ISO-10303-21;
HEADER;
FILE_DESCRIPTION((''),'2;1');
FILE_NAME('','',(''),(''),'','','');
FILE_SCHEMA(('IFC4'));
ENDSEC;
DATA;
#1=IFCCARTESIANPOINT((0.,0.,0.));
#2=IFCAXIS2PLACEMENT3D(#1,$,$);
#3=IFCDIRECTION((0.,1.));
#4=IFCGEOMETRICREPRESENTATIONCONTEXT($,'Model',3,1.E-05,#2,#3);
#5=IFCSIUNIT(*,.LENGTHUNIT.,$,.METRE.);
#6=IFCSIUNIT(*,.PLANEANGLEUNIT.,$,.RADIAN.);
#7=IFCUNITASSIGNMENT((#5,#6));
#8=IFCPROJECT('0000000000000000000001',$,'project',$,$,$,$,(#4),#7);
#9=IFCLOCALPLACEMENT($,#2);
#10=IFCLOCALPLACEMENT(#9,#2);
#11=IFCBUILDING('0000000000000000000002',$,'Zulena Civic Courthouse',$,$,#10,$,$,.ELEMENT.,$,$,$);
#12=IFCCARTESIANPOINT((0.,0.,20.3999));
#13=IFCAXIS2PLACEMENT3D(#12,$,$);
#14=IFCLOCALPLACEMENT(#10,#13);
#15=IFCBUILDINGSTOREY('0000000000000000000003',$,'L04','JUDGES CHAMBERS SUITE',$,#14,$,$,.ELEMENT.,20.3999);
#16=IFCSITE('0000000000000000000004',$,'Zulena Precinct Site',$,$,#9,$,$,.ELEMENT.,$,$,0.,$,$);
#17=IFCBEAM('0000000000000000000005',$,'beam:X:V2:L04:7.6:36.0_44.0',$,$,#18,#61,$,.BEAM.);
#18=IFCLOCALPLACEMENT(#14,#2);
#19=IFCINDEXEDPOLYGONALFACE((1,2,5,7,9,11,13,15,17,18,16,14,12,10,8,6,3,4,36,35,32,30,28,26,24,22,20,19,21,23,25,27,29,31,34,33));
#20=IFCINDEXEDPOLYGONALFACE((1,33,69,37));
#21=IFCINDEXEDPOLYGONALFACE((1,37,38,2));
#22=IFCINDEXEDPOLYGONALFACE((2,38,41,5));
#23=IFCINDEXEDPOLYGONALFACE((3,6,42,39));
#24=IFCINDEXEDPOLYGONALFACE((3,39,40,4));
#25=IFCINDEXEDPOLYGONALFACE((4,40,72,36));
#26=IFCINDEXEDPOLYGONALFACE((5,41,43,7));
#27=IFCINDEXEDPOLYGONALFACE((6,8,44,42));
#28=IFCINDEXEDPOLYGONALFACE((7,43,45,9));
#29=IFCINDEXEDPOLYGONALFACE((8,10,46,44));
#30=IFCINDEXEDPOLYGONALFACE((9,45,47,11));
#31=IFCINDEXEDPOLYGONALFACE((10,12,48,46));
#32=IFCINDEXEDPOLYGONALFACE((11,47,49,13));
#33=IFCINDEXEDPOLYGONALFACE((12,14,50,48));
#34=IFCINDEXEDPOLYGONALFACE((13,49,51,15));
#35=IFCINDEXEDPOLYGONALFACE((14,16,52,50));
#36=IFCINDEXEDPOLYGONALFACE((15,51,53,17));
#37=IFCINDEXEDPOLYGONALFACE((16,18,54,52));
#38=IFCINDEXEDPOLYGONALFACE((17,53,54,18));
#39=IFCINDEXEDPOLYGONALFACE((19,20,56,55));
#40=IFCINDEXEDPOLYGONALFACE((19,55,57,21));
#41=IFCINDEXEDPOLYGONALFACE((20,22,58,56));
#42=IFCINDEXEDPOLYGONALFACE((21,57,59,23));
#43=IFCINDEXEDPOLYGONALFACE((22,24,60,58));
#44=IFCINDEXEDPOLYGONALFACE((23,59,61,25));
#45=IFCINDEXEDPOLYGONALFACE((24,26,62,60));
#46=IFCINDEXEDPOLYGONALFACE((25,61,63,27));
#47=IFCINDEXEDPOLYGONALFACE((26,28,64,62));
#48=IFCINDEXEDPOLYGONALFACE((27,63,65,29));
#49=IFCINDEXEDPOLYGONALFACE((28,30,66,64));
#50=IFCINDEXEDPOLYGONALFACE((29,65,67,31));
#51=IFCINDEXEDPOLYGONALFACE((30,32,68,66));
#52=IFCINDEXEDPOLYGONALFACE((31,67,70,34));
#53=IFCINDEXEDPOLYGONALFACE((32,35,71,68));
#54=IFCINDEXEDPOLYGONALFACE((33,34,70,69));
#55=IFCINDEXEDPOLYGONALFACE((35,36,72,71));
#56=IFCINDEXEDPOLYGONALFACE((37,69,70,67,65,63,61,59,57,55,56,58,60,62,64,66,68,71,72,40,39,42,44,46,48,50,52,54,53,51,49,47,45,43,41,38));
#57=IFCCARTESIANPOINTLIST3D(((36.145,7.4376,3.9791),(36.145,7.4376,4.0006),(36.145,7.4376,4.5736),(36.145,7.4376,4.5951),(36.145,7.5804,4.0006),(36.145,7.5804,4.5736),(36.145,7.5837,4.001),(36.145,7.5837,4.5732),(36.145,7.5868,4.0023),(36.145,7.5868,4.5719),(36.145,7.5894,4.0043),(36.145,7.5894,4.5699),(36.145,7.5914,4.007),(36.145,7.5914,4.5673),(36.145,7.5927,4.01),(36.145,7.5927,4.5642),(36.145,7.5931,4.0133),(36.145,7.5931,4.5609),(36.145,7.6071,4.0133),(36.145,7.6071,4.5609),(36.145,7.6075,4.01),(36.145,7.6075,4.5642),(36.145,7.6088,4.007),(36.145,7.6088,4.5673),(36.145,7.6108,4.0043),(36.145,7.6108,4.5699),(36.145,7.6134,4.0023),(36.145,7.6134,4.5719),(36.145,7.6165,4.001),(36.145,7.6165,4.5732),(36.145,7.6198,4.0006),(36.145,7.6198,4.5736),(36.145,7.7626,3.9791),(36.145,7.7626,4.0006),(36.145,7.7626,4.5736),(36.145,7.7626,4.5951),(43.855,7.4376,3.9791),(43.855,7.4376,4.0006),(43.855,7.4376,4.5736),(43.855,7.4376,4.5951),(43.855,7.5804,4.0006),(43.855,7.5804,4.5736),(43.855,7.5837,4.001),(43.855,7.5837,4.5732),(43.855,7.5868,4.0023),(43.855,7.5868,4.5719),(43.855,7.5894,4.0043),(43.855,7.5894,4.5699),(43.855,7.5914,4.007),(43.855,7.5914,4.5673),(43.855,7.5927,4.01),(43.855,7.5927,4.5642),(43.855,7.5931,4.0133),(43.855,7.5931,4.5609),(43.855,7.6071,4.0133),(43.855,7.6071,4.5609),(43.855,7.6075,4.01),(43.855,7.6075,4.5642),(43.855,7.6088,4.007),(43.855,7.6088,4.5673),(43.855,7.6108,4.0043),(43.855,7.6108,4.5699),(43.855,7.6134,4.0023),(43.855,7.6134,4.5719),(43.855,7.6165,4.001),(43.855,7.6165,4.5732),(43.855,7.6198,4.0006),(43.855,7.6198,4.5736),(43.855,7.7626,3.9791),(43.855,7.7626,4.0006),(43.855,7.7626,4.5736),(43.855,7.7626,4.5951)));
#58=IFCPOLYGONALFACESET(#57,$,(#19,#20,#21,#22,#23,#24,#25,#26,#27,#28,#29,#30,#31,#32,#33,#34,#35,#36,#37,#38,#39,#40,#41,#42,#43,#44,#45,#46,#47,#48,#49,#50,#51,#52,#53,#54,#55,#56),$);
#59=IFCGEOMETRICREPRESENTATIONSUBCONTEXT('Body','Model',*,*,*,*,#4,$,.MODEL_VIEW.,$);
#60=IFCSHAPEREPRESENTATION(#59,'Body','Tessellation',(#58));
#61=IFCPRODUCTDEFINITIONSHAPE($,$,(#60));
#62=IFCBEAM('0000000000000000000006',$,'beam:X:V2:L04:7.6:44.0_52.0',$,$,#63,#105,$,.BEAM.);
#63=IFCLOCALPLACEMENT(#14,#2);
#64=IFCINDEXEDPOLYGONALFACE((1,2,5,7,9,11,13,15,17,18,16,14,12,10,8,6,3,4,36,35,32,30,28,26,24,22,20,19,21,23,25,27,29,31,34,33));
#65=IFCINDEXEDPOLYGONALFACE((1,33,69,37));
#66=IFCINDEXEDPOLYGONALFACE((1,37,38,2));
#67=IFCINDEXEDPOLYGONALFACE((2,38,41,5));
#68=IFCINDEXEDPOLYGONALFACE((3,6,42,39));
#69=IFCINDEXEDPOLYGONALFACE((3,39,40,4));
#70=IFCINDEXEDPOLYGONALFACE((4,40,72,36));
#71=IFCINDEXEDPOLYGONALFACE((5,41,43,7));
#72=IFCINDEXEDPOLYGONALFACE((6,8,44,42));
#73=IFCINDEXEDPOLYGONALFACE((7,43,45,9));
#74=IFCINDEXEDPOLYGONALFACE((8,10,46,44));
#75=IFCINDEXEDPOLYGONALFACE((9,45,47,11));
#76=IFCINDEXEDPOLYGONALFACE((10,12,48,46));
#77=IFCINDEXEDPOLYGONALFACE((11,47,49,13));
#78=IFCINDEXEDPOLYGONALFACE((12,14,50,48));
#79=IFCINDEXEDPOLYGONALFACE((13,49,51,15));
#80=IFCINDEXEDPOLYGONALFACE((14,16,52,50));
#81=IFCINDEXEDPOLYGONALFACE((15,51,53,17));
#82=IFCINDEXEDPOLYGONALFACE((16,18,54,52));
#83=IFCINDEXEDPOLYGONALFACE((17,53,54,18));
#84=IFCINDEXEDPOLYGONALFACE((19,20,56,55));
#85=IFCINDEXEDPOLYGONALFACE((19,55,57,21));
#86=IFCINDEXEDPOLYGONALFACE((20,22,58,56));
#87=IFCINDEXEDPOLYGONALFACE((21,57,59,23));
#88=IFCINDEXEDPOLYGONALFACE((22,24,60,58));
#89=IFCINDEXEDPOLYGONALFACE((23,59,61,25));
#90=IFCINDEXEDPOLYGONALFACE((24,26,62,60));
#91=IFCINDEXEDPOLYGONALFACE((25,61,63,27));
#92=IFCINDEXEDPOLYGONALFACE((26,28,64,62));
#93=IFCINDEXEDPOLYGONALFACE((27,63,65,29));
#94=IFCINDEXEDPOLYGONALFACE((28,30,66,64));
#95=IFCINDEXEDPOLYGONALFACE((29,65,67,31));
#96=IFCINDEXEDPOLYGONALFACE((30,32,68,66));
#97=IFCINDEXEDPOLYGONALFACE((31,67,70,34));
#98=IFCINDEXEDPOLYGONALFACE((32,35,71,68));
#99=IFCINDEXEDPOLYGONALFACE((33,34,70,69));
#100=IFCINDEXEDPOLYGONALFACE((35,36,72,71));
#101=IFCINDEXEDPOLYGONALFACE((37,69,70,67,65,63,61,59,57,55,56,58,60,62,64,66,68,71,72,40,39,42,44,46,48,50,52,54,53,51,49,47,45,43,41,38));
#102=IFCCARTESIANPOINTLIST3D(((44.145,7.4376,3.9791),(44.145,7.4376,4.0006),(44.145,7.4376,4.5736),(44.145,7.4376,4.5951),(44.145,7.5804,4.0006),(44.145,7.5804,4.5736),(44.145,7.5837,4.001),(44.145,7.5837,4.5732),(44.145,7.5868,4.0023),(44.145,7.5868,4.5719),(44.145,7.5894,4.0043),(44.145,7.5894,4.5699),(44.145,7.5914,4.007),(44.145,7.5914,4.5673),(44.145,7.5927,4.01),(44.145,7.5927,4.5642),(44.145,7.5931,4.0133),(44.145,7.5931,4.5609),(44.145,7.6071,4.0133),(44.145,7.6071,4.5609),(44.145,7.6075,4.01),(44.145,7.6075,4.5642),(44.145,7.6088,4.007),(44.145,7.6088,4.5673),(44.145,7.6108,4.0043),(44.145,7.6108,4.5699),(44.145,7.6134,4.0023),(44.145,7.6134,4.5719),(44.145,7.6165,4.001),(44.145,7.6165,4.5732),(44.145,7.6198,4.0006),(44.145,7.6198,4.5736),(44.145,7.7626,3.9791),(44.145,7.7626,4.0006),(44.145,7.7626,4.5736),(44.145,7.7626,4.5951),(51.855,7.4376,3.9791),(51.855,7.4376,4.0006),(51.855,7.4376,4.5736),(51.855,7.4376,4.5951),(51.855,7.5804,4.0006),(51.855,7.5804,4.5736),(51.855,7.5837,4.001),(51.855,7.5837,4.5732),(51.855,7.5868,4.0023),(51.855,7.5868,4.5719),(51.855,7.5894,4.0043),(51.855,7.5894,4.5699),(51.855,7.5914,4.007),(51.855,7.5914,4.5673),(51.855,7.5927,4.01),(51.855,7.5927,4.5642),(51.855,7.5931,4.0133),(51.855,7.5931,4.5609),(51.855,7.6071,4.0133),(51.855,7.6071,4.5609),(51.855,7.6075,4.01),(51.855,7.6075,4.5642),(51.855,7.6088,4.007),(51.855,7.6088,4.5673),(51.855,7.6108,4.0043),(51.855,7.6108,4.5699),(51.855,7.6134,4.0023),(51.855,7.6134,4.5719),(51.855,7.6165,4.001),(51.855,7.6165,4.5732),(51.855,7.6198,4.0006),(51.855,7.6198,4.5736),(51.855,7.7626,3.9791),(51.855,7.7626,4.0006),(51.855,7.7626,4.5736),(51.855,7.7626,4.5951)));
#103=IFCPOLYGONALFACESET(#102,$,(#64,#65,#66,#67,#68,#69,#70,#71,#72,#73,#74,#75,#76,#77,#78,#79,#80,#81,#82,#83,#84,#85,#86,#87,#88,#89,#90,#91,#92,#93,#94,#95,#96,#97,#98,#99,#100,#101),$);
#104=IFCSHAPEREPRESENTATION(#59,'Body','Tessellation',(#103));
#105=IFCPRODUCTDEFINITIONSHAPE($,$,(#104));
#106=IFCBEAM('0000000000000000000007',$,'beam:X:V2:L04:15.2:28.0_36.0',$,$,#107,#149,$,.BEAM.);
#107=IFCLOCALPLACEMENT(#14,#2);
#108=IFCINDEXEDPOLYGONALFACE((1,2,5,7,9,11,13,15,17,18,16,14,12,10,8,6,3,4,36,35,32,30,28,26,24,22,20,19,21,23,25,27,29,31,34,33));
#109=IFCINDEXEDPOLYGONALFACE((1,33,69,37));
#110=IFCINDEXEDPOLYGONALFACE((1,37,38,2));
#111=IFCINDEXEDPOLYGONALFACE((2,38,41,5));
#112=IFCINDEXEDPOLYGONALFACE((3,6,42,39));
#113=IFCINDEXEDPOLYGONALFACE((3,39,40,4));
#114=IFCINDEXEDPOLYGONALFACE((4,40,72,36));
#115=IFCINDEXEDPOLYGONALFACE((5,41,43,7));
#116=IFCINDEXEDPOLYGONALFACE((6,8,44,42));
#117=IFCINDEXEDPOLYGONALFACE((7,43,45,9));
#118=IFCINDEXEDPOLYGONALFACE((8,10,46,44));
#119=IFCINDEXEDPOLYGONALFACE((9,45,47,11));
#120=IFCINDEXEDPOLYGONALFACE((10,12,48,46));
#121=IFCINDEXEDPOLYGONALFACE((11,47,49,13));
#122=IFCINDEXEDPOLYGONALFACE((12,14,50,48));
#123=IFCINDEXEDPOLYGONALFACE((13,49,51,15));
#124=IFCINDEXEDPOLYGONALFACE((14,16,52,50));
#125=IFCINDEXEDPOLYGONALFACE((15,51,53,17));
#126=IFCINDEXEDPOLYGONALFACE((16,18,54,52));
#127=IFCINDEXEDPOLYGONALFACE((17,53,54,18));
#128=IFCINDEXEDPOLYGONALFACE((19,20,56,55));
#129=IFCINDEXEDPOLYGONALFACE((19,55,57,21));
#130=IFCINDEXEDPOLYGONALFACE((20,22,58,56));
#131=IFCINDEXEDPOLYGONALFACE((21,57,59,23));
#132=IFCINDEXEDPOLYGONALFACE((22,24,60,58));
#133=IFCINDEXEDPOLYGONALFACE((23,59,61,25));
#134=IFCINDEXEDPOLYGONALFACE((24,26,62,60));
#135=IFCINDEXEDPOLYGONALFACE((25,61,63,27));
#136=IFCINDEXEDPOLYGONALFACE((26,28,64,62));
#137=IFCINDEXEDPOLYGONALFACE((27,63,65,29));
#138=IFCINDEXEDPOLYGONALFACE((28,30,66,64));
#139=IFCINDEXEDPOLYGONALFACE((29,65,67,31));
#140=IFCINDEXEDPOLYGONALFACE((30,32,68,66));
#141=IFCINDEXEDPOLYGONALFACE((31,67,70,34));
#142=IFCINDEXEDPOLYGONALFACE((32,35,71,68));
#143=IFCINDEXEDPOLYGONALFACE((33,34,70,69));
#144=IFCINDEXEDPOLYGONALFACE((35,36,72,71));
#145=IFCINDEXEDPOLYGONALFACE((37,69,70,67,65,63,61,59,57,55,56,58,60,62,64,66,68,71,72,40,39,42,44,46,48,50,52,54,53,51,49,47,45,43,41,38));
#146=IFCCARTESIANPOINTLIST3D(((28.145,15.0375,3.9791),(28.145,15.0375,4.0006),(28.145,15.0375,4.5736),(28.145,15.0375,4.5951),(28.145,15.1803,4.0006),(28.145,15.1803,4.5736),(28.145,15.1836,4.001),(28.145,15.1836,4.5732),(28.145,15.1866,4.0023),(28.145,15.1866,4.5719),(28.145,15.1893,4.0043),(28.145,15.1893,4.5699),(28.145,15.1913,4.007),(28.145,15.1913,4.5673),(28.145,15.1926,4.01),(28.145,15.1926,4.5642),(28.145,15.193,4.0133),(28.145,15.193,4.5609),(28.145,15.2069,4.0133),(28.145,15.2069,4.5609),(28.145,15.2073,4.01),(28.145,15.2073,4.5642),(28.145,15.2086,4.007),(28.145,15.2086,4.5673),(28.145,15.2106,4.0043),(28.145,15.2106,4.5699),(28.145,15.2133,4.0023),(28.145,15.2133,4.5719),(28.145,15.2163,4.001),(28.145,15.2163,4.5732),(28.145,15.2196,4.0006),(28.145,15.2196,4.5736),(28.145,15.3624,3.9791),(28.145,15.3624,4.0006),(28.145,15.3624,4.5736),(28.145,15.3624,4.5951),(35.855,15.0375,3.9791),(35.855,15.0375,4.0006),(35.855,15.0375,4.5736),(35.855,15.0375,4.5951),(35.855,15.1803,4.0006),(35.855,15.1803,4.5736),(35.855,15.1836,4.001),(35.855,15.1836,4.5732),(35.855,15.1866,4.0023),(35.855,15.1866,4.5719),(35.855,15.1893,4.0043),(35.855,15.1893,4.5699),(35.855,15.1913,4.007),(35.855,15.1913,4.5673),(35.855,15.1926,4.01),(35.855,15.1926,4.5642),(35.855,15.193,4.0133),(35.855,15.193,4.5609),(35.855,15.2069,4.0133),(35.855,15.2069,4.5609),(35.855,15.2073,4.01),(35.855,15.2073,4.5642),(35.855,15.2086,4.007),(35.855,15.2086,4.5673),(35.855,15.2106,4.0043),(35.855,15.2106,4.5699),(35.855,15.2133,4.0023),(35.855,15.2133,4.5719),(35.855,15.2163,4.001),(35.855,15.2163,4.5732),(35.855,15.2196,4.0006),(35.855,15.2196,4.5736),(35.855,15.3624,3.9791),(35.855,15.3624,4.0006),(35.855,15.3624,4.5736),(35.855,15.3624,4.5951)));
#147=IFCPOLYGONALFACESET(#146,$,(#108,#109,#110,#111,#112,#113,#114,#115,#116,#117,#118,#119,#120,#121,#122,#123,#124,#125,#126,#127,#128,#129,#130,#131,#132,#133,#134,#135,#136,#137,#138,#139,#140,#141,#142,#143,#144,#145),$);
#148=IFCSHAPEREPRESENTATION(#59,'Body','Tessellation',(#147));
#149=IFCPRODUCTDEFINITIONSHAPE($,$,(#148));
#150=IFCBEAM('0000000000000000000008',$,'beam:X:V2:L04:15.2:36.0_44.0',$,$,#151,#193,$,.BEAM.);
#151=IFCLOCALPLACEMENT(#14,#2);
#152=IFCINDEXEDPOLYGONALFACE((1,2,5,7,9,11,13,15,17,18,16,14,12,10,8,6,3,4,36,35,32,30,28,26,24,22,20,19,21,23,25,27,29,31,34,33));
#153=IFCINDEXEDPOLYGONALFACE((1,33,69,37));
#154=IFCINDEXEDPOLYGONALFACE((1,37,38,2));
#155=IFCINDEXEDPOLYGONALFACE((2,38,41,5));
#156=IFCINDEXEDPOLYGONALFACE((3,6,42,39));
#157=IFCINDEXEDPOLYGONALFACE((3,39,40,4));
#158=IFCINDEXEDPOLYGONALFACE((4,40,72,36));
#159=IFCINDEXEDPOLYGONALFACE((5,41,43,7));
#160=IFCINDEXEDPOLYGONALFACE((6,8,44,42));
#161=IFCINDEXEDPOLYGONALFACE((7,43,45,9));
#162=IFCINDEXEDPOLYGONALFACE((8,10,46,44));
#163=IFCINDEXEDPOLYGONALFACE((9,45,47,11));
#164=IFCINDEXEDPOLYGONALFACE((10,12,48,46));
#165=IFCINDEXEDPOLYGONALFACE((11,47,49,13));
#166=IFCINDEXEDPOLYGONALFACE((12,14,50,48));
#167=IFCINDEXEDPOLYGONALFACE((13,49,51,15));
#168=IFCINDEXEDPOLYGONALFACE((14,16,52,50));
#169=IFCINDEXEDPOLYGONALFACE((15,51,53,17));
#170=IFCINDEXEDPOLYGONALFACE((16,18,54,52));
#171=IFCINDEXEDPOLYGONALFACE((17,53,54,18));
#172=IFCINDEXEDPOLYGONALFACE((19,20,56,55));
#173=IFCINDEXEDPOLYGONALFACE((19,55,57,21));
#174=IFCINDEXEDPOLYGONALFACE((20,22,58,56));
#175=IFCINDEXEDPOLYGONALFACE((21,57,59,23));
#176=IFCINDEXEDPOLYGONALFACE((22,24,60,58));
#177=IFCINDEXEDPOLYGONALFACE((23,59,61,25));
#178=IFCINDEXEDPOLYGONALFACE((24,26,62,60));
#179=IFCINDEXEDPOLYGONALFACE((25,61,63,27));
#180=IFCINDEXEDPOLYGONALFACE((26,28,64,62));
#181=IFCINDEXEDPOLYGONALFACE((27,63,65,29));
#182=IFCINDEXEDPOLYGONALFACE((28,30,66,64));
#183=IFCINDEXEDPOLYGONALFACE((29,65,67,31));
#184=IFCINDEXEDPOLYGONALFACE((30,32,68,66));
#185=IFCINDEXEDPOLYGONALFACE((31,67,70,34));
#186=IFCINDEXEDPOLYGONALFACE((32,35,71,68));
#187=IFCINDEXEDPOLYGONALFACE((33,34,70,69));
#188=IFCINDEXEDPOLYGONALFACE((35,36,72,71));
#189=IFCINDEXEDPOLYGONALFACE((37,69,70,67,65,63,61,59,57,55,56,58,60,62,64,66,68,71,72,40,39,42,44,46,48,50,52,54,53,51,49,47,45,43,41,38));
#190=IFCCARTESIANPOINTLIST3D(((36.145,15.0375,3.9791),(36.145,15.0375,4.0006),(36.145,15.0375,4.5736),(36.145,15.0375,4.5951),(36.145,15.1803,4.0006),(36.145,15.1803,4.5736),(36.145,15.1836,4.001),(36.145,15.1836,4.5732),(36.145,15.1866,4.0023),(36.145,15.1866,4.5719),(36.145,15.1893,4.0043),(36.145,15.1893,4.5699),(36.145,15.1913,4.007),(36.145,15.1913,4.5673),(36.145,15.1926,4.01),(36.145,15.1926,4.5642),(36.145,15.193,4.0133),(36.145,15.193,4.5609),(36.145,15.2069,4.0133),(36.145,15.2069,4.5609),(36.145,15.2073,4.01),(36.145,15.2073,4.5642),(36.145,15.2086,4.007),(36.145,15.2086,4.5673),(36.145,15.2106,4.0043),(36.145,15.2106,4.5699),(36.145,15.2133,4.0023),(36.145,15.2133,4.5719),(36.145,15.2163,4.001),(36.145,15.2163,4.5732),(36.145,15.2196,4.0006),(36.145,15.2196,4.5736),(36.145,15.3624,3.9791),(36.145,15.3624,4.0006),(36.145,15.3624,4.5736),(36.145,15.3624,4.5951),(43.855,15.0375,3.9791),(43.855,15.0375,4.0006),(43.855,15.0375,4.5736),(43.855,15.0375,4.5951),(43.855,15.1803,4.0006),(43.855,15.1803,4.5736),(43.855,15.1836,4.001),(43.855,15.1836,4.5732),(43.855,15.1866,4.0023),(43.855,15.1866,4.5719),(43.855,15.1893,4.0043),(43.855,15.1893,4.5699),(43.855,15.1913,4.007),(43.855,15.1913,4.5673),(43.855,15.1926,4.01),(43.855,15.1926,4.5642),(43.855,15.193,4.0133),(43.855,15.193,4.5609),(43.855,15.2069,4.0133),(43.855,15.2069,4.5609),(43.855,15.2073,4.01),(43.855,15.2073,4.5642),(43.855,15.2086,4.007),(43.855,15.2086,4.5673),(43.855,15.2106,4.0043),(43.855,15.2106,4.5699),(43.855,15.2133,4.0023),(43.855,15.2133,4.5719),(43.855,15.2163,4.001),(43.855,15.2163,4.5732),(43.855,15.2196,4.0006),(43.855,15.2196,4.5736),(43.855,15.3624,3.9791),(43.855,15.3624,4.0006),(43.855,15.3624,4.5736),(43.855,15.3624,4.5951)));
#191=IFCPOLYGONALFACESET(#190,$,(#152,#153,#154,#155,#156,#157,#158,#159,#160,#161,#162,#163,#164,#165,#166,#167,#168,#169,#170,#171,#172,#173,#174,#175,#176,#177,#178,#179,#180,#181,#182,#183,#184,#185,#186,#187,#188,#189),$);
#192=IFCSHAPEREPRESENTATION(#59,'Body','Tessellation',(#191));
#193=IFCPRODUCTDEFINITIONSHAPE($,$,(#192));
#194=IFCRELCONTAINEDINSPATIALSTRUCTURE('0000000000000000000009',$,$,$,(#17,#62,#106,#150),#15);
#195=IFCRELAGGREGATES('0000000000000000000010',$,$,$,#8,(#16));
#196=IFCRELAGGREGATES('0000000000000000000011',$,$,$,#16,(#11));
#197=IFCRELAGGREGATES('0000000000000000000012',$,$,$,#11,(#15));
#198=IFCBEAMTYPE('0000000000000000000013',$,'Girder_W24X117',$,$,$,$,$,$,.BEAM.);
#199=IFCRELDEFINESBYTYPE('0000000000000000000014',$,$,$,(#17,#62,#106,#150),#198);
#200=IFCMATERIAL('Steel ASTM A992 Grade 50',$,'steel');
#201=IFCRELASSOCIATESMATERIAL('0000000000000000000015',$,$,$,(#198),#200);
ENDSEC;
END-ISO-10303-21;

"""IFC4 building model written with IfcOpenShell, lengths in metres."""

from ifc_helpers import new_model, si_unit, direction, frame, origin, origin_2d, place, context, subcontext, project, spatial, i_section, extrude, material, material_profile, profile_set, type_object, element, save


model = new_model("IFC4")

# Units and contexts
model_context = context("Model", 3, precision=1e-05, world=origin(), true_north=direction((0.0, 1.0)))
body_context = subcontext(model_context, "Body", "Model", "MODEL_VIEW")
ifc_project = project(units=[si_unit("LENGTHUNIT", "METRE"), si_unit("PLANEANGLEUNIT", "RADIAN")], contexts=[model_context])

# Site, building, storey
site_placement = place(None, origin())
site = spatial("IfcSite", under=ifc_project, at=site_placement, Name="Zulena Precinct Site", CompositionType="ELEMENT", RefElevation=0.0)
building_placement = place(site_placement, origin())
building = spatial("IfcBuilding", under=site, at=building_placement, Name="Zulena Civic Courthouse", CompositionType="ELEMENT")
storey_placement = place(building_placement, frame((0.0, 0.0, 20.3999)))
storey = spatial("IfcBuildingStorey", under=building, at=storey_placement, Name="L04", Description="JUDGES CHAMBERS SUITE", CompositionType="ELEMENT", Elevation=20.3999)

# Shared definitions
ifc_material_1 = material(Name="Steel ASTM A992 Grade 50", Category="steel")

# Beams
ifc_material_profile_1 = material_profile(ifc_material_1, i_section(OverallWidth=0.325, OverallDepth=0.616, WebThickness=0.0139, FlangeThickness=0.0215, FilletRadius=0.0127, at=origin_2d()), Name="W24X117")
ifc_profile_set_1 = profile_set([ifc_material_profile_1], Name="Steel ASTM A992 Grade 50")
beam_type_1 = type_object("IfcBeamType", Name="Girder_W24X117", PredefinedType="BEAM", material=ifc_profile_set_1)
for number, where, z_axis, x_axis, name in (
    (1, (36.145, 7.6001, 4.2871), (1.0, 0.0, 0.0), (0.0, 1.0, 0.0), "beam:X:V2:L04:7.6:36.0_44.0"),
    (2, (44.145, 7.6001, 4.2871), (1.0, 0.0, 0.0), (0.0, 1.0, 0.0), "beam:X:V2:L04:7.6:44.0_52.0"),
    (3, (28.145, 15.2, 4.2871), (1.0, 0.0, 0.0), (0.0, 1.0, 0.0), "beam:X:V2:L04:15.2:28.0_36.0"),
    (4, (36.145, 15.2, 4.2871), (1.0, 0.0, 0.0), (0.0, 1.0, 0.0), "beam:X:V2:L04:15.2:36.0_44.0"),
):
    element("IfcBeam", number, at=place(storey_placement, frame(where, z_axis=z_axis, x_axis=x_axis)), inside=storey, type_object=beam_type_1, Name=name, PredefinedType="BEAM", context=body_context, shape_type="SweptSolid", body=[
        extrude(i_section(OverallWidth=0.325, OverallDepth=0.616, WebThickness=0.0139, FlangeThickness=0.0215, FilletRadius=0.0127, at=origin_2d()), origin(), (0.0, 0.0, 1.0), 7.71),
    ])

save(model, "model.ifc")
